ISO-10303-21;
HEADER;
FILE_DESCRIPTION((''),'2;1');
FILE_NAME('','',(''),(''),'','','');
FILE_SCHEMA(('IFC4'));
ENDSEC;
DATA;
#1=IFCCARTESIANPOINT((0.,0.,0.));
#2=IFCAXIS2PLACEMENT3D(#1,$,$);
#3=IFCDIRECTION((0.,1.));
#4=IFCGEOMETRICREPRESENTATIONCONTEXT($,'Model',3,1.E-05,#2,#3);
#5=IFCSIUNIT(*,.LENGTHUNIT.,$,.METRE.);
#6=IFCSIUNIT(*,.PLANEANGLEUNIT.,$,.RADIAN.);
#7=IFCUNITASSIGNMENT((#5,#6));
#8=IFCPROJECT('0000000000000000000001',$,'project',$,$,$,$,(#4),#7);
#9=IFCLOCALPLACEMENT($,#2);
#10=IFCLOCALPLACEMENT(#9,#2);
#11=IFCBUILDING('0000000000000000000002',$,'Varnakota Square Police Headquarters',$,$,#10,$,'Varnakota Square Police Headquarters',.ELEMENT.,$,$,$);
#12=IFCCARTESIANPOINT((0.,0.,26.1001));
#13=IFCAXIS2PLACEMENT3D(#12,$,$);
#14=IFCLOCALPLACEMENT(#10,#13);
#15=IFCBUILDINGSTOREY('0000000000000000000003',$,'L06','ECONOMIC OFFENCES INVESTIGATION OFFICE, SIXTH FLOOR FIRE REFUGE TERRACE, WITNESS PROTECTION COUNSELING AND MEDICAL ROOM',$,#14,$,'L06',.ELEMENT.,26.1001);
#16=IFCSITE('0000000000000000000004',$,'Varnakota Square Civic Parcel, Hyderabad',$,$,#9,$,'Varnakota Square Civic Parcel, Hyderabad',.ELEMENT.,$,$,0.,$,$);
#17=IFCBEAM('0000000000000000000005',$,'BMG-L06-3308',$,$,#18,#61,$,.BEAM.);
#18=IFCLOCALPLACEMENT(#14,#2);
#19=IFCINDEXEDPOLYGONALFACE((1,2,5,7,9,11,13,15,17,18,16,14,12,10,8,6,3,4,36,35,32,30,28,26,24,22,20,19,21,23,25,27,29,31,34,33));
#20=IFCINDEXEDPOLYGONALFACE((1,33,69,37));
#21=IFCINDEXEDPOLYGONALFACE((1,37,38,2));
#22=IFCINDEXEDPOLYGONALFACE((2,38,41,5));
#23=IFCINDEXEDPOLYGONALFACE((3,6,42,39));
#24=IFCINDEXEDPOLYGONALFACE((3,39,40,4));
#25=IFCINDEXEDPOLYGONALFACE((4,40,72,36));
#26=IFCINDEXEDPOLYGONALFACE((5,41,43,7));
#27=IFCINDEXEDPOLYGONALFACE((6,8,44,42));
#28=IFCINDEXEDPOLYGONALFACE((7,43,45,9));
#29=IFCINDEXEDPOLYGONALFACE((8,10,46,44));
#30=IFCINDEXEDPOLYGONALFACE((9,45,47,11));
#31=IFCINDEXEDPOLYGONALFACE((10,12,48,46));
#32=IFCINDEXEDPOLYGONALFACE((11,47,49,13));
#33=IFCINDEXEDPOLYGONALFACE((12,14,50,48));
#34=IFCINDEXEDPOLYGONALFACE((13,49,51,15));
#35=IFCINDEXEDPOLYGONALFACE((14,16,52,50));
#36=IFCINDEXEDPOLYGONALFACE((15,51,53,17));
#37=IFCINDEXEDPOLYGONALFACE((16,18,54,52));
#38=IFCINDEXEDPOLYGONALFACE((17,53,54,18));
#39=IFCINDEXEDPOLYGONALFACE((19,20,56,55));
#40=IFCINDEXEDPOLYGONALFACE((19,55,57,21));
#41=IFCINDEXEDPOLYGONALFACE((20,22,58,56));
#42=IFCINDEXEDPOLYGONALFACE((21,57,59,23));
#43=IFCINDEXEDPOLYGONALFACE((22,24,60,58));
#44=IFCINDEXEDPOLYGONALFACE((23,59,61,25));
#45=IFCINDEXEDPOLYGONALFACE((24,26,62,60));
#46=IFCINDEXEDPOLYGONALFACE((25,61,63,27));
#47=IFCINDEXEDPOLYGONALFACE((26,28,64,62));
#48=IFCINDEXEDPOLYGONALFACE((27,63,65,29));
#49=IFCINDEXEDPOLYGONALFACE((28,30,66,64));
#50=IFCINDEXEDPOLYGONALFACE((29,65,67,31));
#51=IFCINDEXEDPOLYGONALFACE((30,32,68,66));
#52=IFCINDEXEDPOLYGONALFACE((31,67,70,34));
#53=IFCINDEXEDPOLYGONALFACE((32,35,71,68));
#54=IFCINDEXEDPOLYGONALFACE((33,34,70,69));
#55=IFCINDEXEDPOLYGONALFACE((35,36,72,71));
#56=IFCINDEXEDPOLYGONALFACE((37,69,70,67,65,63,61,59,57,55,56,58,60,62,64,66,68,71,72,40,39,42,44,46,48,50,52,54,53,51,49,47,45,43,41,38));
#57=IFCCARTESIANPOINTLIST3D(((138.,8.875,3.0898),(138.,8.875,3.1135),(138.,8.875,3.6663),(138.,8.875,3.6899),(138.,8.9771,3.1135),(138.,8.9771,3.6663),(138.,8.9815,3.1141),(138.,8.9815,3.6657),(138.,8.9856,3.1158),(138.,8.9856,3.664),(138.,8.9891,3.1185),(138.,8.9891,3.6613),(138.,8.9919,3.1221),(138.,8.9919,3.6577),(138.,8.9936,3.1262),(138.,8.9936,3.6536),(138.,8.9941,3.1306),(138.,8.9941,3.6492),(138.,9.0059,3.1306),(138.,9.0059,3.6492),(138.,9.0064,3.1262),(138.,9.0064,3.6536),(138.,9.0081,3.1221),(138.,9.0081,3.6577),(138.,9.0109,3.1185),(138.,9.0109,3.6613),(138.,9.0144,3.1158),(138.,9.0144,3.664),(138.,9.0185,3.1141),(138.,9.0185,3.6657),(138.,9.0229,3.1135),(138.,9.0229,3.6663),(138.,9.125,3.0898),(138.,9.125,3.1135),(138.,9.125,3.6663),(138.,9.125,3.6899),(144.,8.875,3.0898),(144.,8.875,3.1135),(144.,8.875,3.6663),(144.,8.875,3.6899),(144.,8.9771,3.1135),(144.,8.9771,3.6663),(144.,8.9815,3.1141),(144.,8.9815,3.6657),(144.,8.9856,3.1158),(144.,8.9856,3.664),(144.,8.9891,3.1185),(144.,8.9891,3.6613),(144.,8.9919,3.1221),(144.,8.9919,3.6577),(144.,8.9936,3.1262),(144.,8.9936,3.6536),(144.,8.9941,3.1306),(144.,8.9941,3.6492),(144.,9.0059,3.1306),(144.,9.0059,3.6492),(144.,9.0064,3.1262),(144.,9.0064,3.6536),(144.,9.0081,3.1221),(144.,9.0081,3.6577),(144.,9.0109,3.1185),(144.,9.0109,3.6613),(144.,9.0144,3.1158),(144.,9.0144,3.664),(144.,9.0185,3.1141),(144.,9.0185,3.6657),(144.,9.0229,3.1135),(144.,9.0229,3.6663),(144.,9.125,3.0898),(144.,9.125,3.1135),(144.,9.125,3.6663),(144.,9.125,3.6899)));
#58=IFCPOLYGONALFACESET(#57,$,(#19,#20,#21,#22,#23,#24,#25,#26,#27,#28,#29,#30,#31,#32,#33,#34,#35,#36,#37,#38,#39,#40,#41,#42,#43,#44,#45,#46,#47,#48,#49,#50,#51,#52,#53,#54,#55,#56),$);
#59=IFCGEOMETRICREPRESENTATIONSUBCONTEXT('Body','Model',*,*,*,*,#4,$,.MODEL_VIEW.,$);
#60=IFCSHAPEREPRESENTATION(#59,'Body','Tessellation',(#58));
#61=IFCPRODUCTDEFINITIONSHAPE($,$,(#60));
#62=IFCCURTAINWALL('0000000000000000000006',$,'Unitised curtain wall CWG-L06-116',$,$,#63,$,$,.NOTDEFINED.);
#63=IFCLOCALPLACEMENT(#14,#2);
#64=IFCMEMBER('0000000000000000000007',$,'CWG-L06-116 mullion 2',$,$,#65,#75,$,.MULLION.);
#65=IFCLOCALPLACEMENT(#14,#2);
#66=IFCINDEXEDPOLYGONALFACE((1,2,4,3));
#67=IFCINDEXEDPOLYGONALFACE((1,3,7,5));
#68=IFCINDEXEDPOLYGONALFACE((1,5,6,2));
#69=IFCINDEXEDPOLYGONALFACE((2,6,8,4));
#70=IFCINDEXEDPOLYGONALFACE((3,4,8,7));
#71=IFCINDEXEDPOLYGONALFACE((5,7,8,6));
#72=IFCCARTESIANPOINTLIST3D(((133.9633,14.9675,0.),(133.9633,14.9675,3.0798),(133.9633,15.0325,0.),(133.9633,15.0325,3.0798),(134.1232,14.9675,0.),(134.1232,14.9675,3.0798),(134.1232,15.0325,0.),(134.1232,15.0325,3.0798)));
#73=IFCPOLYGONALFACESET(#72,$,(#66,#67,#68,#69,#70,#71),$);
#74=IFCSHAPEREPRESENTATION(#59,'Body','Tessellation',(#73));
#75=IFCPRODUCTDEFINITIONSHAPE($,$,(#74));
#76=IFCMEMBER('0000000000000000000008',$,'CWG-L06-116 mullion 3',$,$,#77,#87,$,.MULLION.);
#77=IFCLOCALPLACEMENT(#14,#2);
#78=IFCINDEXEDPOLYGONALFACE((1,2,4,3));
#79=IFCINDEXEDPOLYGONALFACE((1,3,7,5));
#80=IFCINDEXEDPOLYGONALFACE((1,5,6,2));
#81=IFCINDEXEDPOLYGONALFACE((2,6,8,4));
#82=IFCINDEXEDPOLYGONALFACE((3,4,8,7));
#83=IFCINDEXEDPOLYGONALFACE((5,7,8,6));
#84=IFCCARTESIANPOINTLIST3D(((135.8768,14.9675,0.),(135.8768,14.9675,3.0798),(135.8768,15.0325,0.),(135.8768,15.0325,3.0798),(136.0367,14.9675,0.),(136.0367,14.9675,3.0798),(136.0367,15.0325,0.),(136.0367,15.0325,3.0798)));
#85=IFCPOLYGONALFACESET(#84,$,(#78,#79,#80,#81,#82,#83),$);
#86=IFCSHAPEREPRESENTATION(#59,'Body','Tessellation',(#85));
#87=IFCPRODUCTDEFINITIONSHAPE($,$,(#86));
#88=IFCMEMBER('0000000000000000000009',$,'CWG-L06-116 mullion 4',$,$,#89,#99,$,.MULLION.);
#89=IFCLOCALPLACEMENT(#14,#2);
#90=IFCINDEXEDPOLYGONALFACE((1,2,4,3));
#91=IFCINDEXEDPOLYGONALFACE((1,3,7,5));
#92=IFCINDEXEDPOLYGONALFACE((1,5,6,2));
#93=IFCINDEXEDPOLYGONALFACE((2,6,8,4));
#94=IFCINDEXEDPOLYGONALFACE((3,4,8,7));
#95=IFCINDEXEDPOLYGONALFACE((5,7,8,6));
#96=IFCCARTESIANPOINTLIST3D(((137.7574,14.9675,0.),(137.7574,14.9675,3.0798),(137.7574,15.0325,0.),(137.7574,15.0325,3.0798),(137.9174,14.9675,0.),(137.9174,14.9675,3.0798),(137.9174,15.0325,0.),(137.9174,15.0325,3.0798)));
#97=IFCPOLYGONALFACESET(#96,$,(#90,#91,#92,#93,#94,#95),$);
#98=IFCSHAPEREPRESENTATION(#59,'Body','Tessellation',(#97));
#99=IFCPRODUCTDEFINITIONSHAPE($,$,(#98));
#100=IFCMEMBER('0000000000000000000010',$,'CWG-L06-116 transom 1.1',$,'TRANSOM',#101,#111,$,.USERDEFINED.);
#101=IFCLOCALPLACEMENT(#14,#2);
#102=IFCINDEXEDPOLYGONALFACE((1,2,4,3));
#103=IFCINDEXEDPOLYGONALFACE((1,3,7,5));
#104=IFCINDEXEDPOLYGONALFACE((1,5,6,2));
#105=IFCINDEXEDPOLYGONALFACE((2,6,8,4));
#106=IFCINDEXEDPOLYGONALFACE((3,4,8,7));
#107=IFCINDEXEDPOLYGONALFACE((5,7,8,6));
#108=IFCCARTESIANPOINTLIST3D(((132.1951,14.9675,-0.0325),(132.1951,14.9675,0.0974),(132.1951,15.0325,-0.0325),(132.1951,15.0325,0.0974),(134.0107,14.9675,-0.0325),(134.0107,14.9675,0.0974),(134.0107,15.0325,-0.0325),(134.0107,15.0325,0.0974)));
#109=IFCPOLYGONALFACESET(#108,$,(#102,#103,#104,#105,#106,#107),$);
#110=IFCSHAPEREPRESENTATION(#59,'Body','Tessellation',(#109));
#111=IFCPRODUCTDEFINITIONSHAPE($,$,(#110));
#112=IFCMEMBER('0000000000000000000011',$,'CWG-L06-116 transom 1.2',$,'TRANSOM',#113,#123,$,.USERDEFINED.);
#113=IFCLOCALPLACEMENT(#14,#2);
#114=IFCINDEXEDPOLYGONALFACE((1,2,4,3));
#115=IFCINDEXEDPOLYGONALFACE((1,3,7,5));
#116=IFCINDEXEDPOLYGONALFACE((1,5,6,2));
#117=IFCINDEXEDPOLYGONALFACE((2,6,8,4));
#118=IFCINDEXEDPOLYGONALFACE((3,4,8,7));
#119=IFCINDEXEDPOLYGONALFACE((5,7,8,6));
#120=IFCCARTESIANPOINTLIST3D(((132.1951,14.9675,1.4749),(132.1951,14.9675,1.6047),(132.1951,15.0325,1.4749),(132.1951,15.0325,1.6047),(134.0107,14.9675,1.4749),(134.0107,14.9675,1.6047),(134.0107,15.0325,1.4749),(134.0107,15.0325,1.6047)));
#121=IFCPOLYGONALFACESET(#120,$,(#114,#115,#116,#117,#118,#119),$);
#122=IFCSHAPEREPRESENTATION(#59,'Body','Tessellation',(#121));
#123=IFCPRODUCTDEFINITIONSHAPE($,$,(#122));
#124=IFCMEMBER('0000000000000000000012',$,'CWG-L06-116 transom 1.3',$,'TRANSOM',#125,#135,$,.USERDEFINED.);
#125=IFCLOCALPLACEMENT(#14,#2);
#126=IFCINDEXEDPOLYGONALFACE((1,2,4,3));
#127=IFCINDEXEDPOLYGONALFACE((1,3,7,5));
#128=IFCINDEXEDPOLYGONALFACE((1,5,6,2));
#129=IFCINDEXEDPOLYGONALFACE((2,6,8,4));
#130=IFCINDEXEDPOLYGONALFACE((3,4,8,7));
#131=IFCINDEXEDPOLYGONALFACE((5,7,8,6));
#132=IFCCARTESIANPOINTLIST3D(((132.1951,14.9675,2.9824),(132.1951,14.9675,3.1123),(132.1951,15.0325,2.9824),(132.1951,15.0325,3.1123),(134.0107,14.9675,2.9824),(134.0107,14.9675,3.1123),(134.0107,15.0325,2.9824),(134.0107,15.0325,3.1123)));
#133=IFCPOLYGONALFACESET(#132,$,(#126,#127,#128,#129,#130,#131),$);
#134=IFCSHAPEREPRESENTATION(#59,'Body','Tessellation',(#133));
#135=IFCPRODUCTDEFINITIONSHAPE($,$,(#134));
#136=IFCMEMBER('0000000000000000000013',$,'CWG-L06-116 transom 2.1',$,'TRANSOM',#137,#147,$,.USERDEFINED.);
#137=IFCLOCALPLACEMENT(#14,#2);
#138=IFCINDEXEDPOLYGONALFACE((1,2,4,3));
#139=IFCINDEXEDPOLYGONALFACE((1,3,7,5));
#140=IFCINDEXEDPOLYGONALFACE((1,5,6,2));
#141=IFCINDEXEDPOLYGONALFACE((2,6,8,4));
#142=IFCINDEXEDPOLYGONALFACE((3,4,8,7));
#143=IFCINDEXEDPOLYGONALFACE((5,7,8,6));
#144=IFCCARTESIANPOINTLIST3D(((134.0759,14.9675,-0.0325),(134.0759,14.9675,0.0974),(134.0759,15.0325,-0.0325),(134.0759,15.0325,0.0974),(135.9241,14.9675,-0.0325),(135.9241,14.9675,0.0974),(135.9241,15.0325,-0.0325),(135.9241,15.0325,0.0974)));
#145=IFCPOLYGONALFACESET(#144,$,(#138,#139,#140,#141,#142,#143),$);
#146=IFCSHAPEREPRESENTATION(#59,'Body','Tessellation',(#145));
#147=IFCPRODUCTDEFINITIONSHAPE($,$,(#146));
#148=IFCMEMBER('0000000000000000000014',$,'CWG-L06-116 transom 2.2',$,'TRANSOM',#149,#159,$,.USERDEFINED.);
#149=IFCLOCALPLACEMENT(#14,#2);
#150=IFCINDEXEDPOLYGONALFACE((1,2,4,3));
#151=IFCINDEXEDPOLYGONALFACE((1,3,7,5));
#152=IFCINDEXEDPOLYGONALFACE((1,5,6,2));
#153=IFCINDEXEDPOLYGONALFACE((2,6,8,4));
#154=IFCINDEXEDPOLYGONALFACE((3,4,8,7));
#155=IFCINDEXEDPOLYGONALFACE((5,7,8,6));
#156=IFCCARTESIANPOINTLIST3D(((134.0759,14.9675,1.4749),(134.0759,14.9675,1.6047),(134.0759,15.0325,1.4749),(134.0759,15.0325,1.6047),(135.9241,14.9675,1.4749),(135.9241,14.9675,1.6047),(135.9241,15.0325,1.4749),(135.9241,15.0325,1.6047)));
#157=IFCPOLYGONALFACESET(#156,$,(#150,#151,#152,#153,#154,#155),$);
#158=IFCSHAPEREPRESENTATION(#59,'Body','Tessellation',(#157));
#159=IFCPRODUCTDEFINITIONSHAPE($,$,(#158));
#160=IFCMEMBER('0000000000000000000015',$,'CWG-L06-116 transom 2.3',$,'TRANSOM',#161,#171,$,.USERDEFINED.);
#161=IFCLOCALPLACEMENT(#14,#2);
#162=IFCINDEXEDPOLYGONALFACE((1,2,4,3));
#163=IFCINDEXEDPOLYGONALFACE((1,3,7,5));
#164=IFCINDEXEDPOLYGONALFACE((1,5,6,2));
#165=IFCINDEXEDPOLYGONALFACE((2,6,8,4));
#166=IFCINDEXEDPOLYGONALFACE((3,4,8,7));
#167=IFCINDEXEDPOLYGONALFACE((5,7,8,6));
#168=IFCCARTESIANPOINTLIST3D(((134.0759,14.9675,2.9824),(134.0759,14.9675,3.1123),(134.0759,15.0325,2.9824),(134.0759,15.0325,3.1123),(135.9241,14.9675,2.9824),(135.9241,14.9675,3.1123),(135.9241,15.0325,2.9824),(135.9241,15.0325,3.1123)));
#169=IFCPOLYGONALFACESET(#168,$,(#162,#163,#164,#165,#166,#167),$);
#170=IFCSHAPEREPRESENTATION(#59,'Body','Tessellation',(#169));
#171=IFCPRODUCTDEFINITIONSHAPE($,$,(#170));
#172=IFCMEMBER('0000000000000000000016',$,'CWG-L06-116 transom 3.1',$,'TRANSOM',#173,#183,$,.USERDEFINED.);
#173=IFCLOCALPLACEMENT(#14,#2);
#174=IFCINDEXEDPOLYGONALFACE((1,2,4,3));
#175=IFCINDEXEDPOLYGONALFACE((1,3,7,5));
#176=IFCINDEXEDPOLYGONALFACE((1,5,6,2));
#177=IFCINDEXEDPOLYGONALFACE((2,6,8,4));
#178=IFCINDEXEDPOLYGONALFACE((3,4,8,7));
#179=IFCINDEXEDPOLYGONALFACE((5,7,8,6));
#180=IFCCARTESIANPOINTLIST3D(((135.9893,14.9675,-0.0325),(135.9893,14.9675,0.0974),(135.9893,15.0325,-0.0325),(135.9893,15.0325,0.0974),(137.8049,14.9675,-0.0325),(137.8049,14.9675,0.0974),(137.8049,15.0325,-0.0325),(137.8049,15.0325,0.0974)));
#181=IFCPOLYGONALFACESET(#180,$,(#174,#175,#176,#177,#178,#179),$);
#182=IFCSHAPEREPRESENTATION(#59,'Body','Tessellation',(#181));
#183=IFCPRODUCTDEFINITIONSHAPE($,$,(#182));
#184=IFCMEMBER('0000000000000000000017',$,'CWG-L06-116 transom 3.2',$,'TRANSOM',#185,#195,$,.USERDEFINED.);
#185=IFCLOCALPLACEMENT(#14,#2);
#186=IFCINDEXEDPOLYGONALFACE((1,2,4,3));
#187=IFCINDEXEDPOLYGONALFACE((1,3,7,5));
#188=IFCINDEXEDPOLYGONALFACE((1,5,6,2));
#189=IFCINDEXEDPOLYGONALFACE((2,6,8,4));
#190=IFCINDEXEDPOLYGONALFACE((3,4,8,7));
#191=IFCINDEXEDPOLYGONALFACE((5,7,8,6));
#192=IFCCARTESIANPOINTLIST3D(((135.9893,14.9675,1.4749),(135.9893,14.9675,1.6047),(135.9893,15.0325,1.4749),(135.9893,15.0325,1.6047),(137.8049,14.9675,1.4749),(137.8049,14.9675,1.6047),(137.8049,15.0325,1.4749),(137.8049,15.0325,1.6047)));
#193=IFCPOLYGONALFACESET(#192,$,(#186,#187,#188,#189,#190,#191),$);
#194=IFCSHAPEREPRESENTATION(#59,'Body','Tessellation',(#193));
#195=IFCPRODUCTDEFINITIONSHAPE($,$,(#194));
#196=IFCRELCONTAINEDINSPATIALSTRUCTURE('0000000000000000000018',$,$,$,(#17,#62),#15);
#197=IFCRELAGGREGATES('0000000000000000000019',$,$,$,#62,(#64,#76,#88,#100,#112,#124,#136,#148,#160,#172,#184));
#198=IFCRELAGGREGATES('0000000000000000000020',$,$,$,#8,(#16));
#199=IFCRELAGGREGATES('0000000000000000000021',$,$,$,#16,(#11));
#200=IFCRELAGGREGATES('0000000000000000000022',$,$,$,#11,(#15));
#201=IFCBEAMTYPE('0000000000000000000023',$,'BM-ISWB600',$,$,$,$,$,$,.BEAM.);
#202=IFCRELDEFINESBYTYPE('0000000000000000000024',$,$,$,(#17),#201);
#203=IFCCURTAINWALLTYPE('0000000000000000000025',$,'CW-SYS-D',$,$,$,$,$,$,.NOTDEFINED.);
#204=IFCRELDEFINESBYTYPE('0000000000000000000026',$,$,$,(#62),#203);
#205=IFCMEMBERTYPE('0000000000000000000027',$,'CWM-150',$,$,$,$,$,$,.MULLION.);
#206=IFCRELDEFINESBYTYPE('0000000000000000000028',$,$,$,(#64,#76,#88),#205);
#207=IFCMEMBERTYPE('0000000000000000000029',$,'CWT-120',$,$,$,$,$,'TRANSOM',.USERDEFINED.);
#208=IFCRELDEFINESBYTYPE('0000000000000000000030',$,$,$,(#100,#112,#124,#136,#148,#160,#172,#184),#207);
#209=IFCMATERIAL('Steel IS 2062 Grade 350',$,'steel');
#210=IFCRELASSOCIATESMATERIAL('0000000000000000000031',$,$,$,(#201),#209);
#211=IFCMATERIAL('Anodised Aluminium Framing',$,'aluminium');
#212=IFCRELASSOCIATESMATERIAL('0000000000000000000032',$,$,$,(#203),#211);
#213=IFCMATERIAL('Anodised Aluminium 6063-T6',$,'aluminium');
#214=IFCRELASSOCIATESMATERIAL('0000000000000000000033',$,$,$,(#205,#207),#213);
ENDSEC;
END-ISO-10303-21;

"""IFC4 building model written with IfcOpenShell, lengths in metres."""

from ifc_helpers import new_model, si_unit, direction, frame, origin, origin_2d, place, context, subcontext, project, spatial, rectangle, i_section, extrude, material, material_profile, profile_set, type_object, element, aggregate, save


model = new_model("IFC4")

# Units and contexts
model_context = context("Model", 3, precision=1e-05, world=origin(), true_north=direction((0.0, 1.0)))
body_context = subcontext(model_context, "Body", "Model", "MODEL_VIEW")
ifc_project = project(units=[si_unit("LENGTHUNIT", "METRE"), si_unit("PLANEANGLEUNIT", "RADIAN")], contexts=[model_context])

# Site, building, storey
site_placement = place(None, origin())
site = spatial("IfcSite", under=ifc_project, at=site_placement, Name="Varnakota Square Civic Parcel, Hyderabad", LongName="Varnakota Square Civic Parcel, Hyderabad", CompositionType="ELEMENT", RefElevation=0.0)
building_placement = place(site_placement, origin())
building = spatial("IfcBuilding", under=site, at=building_placement, Name="Varnakota Square Police Headquarters", LongName="Varnakota Square Police Headquarters", CompositionType="ELEMENT")
storey_placement = place(building_placement, frame((0.0, 0.0, 26.1001)))
storey = spatial("IfcBuildingStorey", under=building, at=storey_placement, Name="L06", Description="ECONOMIC OFFENCES INVESTIGATION OFFICE, SIXTH FLOOR FIRE REFUGE TERRACE, WITNESS PROTECTION COUNSELING AND MEDICAL ROOM", LongName="L06", CompositionType="ELEMENT", Elevation=26.1001)

# Shared definitions
ifc_material_1 = material(Name="Steel IS 2062 Grade 350", Category="steel")

# Beam
ifc_material_profile_1 = material_profile(ifc_material_1, i_section(OverallWidth=0.25, OverallDepth=0.6001, WebThickness=0.0117, FlangeThickness=0.0237, FilletRadius=0.0171, at=origin_2d()), Name="ISWB 600")
ifc_profile_set_1 = profile_set([ifc_material_profile_1], Name="Steel IS 2062 Grade 350")
beam_type_1 = type_object("IfcBeamType", Name="BM-ISWB600", PredefinedType="BEAM", material=ifc_profile_set_1)
beam_1_placement = place(storey_placement, frame((138.0, 9.0, 3.3899), z_axis=(1.0, 0.0, 0.0), x_axis=(0.0, 1.0, 0.0)))
element("IfcBeam", 1, at=beam_1_placement, inside=storey, type_object=beam_type_1, Name="BMG-L06-3308", PredefinedType="BEAM", context=body_context, shape_type="SweptSolid", body=[
    extrude(i_section(OverallWidth=0.25, OverallDepth=0.6001, WebThickness=0.0117, FlangeThickness=0.0237, FilletRadius=0.0171, at=origin_2d()), origin(), (0.0, 0.0, 1.0), 6.0),
])

# Curtain wall, members
ifc_material_2 = material(Name="Anodised Aluminium Framing", Category="aluminium")
curtain_wall_type = type_object("IfcCurtainWallType", Name="CW-SYS-D", PredefinedType="NOTDEFINED", material=ifc_material_2)
curtain_wall_placement = place(storey_placement, origin())
curtain_wall = element("IfcCurtainWall", 2, at=curtain_wall_placement, inside=storey, type_object=curtain_wall_type, Name="Unitised curtain wall CWG-L06-116", PredefinedType="NOTDEFINED")
ifc_material_3 = material(Name="Anodised Aluminium 6063-T6", Category="aluminium")
ifc_material_profile_2 = material_profile(ifc_material_3, rectangle(XDim=0.0649, YDim=0.1599, at=origin_2d()), Name="ALU MULLION 65x160")
ifc_profile_set_2 = profile_set([ifc_material_profile_2], Name="Anodised Aluminium 6063-T6")
member_type_1 = type_object("IfcMemberType", Name="CWM-150", PredefinedType="MULLION", material=ifc_profile_set_2)
member_1_placement = place(storey_placement, frame((134.0432, 15.0, 0.0), z_axis=(0.0, 0.0, 1.0), x_axis=(0.0, 1.0, 0.0)))
member_1 = element("IfcMember", 3, at=member_1_placement, type_object=member_type_1, Name="CWG-L06-116 mullion 2", PredefinedType="MULLION", context=body_context, shape_type="SweptSolid", body=[
    extrude(rectangle(XDim=0.0649, YDim=0.1599, at=origin_2d()), origin(), (0.0, 0.0, 1.0), 3.0798),
])
member_2_placement = place(storey_placement, frame((135.9568, 15.0, 0.0), z_axis=(0.0, 0.0, 1.0), x_axis=(0.0, 1.0, 0.0)))
member_2 = element("IfcMember", 4, at=member_2_placement, type_object=member_type_1, Name="CWG-L06-116 mullion 3", PredefinedType="MULLION", context=body_context, shape_type="SweptSolid", body=[
    extrude(rectangle(XDim=0.0649, YDim=0.1599, at=origin_2d()), origin(), (0.0, 0.0, 1.0), 3.0798),
])
member_3_placement = place(storey_placement, frame((137.8374, 15.0, 0.0), z_axis=(0.0, 0.0, 1.0), x_axis=(0.0, 1.0, 0.0)))
member_3 = element("IfcMember", 5, at=member_3_placement, type_object=member_type_1, Name="CWG-L06-116 mullion 4", PredefinedType="MULLION", context=body_context, shape_type="SweptSolid", body=[
    extrude(rectangle(XDim=0.0649, YDim=0.1599, at=origin_2d()), origin(), (0.0, 0.0, 1.0), 3.0798),
])
ifc_material_profile_3 = material_profile(ifc_material_3, rectangle(XDim=0.0649, YDim=0.1299, at=origin_2d()), Name="ALU TRANSOM 65x130")
ifc_profile_set_3 = profile_set([ifc_material_profile_3], Name="Anodised Aluminium 6063-T6")
member_type_2 = type_object("IfcMemberType", Name="CWT-120", ElementType="TRANSOM", PredefinedType="USERDEFINED", material=ifc_profile_set_3)
member_4_placement = place(storey_placement, frame((132.1951, 15.0, 0.0325), z_axis=(1.0, 0.0, 0.0), x_axis=(0.0, 1.0, 0.0)))
member_4 = element("IfcMember", 6, at=member_4_placement, type_object=member_type_2, Name="CWG-L06-116 transom 1.1", ObjectType="TRANSOM", PredefinedType="USERDEFINED", context=body_context, shape_type="SweptSolid", body=[
    extrude(rectangle(XDim=0.0649, YDim=0.1299, at=origin_2d()), origin(), (0.0, 0.0, 1.0), 1.8157),
])
member_5_placement = place(storey_placement, frame((132.1951, 15.0, 1.5398), z_axis=(1.0, 0.0, 0.0), x_axis=(0.0, 1.0, 0.0)))
member_5 = element("IfcMember", 7, at=member_5_placement, type_object=member_type_2, Name="CWG-L06-116 transom 1.2", ObjectType="TRANSOM", PredefinedType="USERDEFINED", context=body_context, shape_type="SweptSolid", body=[
    extrude(rectangle(XDim=0.0649, YDim=0.1299, at=origin_2d()), origin(), (0.0, 0.0, 1.0), 1.8157),
])
member_6_placement = place(storey_placement, frame((132.1951, 15.0, 3.0474), z_axis=(1.0, 0.0, 0.0), x_axis=(0.0, 1.0, 0.0)))
member_6 = element("IfcMember", 8, at=member_6_placement, type_object=member_type_2, Name="CWG-L06-116 transom 1.3", ObjectType="TRANSOM", PredefinedType="USERDEFINED", context=body_context, shape_type="SweptSolid", body=[
    extrude(rectangle(XDim=0.0649, YDim=0.1299, at=origin_2d()), origin(), (0.0, 0.0, 1.0), 1.8157),
])
member_7_placement = place(storey_placement, frame((134.0759, 15.0, 0.0325), z_axis=(1.0, 0.0, 0.0), x_axis=(0.0, 1.0, 0.0)))
member_7 = element("IfcMember", 9, at=member_7_placement, type_object=member_type_2, Name="CWG-L06-116 transom 2.1", ObjectType="TRANSOM", PredefinedType="USERDEFINED", context=body_context, shape_type="SweptSolid", body=[
    extrude(rectangle(XDim=0.0649, YDim=0.1299, at=origin_2d()), origin(), (0.0, 0.0, 1.0), 1.8481),
])
member_8_placement = place(storey_placement, frame((134.0759, 15.0, 1.5398), z_axis=(1.0, 0.0, 0.0), x_axis=(0.0, 1.0, 0.0)))
member_8 = element("IfcMember", 10, at=member_8_placement, type_object=member_type_2, Name="CWG-L06-116 transom 2.2", ObjectType="TRANSOM", PredefinedType="USERDEFINED", context=body_context, shape_type="SweptSolid", body=[
    extrude(rectangle(XDim=0.0649, YDim=0.1299, at=origin_2d()), origin(), (0.0, 0.0, 1.0), 1.8481),
])
member_9_placement = place(storey_placement, frame((134.0759, 15.0, 3.0474), z_axis=(1.0, 0.0, 0.0), x_axis=(0.0, 1.0, 0.0)))
member_9 = element("IfcMember", 11, at=member_9_placement, type_object=member_type_2, Name="CWG-L06-116 transom 2.3", ObjectType="TRANSOM", PredefinedType="USERDEFINED", context=body_context, shape_type="SweptSolid", body=[
    extrude(rectangle(XDim=0.0649, YDim=0.1299, at=origin_2d()), origin(), (0.0, 0.0, 1.0), 1.8481),
])
member_10_placement = place(storey_placement, frame((135.9893, 15.0, 0.0325), z_axis=(1.0, 0.0, 0.0), x_axis=(0.0, 1.0, 0.0)))
member_10 = element("IfcMember", 12, at=member_10_placement, type_object=member_type_2, Name="CWG-L06-116 transom 3.1", ObjectType="TRANSOM", PredefinedType="USERDEFINED", context=body_context, shape_type="SweptSolid", body=[
    extrude(rectangle(XDim=0.0649, YDim=0.1299, at=origin_2d()), origin(), (0.0, 0.0, 1.0), 1.8157),
])
member_11_placement = place(storey_placement, frame((135.9893, 15.0, 1.5398), z_axis=(1.0, 0.0, 0.0), x_axis=(0.0, 1.0, 0.0)))
member_11 = element("IfcMember", 13, at=member_11_placement, type_object=member_type_2, Name="CWG-L06-116 transom 3.2", ObjectType="TRANSOM", PredefinedType="USERDEFINED", context=body_context, shape_type="SweptSolid", body=[
    extrude(rectangle(XDim=0.0649, YDim=0.1299, at=origin_2d()), origin(), (0.0, 0.0, 1.0), 1.8157),
])
aggregate(curtain_wall, [member_1, member_2, member_3, member_4, member_5, member_6, member_7, member_8, member_9, member_10, member_11])

save(model, "model.ifc")
